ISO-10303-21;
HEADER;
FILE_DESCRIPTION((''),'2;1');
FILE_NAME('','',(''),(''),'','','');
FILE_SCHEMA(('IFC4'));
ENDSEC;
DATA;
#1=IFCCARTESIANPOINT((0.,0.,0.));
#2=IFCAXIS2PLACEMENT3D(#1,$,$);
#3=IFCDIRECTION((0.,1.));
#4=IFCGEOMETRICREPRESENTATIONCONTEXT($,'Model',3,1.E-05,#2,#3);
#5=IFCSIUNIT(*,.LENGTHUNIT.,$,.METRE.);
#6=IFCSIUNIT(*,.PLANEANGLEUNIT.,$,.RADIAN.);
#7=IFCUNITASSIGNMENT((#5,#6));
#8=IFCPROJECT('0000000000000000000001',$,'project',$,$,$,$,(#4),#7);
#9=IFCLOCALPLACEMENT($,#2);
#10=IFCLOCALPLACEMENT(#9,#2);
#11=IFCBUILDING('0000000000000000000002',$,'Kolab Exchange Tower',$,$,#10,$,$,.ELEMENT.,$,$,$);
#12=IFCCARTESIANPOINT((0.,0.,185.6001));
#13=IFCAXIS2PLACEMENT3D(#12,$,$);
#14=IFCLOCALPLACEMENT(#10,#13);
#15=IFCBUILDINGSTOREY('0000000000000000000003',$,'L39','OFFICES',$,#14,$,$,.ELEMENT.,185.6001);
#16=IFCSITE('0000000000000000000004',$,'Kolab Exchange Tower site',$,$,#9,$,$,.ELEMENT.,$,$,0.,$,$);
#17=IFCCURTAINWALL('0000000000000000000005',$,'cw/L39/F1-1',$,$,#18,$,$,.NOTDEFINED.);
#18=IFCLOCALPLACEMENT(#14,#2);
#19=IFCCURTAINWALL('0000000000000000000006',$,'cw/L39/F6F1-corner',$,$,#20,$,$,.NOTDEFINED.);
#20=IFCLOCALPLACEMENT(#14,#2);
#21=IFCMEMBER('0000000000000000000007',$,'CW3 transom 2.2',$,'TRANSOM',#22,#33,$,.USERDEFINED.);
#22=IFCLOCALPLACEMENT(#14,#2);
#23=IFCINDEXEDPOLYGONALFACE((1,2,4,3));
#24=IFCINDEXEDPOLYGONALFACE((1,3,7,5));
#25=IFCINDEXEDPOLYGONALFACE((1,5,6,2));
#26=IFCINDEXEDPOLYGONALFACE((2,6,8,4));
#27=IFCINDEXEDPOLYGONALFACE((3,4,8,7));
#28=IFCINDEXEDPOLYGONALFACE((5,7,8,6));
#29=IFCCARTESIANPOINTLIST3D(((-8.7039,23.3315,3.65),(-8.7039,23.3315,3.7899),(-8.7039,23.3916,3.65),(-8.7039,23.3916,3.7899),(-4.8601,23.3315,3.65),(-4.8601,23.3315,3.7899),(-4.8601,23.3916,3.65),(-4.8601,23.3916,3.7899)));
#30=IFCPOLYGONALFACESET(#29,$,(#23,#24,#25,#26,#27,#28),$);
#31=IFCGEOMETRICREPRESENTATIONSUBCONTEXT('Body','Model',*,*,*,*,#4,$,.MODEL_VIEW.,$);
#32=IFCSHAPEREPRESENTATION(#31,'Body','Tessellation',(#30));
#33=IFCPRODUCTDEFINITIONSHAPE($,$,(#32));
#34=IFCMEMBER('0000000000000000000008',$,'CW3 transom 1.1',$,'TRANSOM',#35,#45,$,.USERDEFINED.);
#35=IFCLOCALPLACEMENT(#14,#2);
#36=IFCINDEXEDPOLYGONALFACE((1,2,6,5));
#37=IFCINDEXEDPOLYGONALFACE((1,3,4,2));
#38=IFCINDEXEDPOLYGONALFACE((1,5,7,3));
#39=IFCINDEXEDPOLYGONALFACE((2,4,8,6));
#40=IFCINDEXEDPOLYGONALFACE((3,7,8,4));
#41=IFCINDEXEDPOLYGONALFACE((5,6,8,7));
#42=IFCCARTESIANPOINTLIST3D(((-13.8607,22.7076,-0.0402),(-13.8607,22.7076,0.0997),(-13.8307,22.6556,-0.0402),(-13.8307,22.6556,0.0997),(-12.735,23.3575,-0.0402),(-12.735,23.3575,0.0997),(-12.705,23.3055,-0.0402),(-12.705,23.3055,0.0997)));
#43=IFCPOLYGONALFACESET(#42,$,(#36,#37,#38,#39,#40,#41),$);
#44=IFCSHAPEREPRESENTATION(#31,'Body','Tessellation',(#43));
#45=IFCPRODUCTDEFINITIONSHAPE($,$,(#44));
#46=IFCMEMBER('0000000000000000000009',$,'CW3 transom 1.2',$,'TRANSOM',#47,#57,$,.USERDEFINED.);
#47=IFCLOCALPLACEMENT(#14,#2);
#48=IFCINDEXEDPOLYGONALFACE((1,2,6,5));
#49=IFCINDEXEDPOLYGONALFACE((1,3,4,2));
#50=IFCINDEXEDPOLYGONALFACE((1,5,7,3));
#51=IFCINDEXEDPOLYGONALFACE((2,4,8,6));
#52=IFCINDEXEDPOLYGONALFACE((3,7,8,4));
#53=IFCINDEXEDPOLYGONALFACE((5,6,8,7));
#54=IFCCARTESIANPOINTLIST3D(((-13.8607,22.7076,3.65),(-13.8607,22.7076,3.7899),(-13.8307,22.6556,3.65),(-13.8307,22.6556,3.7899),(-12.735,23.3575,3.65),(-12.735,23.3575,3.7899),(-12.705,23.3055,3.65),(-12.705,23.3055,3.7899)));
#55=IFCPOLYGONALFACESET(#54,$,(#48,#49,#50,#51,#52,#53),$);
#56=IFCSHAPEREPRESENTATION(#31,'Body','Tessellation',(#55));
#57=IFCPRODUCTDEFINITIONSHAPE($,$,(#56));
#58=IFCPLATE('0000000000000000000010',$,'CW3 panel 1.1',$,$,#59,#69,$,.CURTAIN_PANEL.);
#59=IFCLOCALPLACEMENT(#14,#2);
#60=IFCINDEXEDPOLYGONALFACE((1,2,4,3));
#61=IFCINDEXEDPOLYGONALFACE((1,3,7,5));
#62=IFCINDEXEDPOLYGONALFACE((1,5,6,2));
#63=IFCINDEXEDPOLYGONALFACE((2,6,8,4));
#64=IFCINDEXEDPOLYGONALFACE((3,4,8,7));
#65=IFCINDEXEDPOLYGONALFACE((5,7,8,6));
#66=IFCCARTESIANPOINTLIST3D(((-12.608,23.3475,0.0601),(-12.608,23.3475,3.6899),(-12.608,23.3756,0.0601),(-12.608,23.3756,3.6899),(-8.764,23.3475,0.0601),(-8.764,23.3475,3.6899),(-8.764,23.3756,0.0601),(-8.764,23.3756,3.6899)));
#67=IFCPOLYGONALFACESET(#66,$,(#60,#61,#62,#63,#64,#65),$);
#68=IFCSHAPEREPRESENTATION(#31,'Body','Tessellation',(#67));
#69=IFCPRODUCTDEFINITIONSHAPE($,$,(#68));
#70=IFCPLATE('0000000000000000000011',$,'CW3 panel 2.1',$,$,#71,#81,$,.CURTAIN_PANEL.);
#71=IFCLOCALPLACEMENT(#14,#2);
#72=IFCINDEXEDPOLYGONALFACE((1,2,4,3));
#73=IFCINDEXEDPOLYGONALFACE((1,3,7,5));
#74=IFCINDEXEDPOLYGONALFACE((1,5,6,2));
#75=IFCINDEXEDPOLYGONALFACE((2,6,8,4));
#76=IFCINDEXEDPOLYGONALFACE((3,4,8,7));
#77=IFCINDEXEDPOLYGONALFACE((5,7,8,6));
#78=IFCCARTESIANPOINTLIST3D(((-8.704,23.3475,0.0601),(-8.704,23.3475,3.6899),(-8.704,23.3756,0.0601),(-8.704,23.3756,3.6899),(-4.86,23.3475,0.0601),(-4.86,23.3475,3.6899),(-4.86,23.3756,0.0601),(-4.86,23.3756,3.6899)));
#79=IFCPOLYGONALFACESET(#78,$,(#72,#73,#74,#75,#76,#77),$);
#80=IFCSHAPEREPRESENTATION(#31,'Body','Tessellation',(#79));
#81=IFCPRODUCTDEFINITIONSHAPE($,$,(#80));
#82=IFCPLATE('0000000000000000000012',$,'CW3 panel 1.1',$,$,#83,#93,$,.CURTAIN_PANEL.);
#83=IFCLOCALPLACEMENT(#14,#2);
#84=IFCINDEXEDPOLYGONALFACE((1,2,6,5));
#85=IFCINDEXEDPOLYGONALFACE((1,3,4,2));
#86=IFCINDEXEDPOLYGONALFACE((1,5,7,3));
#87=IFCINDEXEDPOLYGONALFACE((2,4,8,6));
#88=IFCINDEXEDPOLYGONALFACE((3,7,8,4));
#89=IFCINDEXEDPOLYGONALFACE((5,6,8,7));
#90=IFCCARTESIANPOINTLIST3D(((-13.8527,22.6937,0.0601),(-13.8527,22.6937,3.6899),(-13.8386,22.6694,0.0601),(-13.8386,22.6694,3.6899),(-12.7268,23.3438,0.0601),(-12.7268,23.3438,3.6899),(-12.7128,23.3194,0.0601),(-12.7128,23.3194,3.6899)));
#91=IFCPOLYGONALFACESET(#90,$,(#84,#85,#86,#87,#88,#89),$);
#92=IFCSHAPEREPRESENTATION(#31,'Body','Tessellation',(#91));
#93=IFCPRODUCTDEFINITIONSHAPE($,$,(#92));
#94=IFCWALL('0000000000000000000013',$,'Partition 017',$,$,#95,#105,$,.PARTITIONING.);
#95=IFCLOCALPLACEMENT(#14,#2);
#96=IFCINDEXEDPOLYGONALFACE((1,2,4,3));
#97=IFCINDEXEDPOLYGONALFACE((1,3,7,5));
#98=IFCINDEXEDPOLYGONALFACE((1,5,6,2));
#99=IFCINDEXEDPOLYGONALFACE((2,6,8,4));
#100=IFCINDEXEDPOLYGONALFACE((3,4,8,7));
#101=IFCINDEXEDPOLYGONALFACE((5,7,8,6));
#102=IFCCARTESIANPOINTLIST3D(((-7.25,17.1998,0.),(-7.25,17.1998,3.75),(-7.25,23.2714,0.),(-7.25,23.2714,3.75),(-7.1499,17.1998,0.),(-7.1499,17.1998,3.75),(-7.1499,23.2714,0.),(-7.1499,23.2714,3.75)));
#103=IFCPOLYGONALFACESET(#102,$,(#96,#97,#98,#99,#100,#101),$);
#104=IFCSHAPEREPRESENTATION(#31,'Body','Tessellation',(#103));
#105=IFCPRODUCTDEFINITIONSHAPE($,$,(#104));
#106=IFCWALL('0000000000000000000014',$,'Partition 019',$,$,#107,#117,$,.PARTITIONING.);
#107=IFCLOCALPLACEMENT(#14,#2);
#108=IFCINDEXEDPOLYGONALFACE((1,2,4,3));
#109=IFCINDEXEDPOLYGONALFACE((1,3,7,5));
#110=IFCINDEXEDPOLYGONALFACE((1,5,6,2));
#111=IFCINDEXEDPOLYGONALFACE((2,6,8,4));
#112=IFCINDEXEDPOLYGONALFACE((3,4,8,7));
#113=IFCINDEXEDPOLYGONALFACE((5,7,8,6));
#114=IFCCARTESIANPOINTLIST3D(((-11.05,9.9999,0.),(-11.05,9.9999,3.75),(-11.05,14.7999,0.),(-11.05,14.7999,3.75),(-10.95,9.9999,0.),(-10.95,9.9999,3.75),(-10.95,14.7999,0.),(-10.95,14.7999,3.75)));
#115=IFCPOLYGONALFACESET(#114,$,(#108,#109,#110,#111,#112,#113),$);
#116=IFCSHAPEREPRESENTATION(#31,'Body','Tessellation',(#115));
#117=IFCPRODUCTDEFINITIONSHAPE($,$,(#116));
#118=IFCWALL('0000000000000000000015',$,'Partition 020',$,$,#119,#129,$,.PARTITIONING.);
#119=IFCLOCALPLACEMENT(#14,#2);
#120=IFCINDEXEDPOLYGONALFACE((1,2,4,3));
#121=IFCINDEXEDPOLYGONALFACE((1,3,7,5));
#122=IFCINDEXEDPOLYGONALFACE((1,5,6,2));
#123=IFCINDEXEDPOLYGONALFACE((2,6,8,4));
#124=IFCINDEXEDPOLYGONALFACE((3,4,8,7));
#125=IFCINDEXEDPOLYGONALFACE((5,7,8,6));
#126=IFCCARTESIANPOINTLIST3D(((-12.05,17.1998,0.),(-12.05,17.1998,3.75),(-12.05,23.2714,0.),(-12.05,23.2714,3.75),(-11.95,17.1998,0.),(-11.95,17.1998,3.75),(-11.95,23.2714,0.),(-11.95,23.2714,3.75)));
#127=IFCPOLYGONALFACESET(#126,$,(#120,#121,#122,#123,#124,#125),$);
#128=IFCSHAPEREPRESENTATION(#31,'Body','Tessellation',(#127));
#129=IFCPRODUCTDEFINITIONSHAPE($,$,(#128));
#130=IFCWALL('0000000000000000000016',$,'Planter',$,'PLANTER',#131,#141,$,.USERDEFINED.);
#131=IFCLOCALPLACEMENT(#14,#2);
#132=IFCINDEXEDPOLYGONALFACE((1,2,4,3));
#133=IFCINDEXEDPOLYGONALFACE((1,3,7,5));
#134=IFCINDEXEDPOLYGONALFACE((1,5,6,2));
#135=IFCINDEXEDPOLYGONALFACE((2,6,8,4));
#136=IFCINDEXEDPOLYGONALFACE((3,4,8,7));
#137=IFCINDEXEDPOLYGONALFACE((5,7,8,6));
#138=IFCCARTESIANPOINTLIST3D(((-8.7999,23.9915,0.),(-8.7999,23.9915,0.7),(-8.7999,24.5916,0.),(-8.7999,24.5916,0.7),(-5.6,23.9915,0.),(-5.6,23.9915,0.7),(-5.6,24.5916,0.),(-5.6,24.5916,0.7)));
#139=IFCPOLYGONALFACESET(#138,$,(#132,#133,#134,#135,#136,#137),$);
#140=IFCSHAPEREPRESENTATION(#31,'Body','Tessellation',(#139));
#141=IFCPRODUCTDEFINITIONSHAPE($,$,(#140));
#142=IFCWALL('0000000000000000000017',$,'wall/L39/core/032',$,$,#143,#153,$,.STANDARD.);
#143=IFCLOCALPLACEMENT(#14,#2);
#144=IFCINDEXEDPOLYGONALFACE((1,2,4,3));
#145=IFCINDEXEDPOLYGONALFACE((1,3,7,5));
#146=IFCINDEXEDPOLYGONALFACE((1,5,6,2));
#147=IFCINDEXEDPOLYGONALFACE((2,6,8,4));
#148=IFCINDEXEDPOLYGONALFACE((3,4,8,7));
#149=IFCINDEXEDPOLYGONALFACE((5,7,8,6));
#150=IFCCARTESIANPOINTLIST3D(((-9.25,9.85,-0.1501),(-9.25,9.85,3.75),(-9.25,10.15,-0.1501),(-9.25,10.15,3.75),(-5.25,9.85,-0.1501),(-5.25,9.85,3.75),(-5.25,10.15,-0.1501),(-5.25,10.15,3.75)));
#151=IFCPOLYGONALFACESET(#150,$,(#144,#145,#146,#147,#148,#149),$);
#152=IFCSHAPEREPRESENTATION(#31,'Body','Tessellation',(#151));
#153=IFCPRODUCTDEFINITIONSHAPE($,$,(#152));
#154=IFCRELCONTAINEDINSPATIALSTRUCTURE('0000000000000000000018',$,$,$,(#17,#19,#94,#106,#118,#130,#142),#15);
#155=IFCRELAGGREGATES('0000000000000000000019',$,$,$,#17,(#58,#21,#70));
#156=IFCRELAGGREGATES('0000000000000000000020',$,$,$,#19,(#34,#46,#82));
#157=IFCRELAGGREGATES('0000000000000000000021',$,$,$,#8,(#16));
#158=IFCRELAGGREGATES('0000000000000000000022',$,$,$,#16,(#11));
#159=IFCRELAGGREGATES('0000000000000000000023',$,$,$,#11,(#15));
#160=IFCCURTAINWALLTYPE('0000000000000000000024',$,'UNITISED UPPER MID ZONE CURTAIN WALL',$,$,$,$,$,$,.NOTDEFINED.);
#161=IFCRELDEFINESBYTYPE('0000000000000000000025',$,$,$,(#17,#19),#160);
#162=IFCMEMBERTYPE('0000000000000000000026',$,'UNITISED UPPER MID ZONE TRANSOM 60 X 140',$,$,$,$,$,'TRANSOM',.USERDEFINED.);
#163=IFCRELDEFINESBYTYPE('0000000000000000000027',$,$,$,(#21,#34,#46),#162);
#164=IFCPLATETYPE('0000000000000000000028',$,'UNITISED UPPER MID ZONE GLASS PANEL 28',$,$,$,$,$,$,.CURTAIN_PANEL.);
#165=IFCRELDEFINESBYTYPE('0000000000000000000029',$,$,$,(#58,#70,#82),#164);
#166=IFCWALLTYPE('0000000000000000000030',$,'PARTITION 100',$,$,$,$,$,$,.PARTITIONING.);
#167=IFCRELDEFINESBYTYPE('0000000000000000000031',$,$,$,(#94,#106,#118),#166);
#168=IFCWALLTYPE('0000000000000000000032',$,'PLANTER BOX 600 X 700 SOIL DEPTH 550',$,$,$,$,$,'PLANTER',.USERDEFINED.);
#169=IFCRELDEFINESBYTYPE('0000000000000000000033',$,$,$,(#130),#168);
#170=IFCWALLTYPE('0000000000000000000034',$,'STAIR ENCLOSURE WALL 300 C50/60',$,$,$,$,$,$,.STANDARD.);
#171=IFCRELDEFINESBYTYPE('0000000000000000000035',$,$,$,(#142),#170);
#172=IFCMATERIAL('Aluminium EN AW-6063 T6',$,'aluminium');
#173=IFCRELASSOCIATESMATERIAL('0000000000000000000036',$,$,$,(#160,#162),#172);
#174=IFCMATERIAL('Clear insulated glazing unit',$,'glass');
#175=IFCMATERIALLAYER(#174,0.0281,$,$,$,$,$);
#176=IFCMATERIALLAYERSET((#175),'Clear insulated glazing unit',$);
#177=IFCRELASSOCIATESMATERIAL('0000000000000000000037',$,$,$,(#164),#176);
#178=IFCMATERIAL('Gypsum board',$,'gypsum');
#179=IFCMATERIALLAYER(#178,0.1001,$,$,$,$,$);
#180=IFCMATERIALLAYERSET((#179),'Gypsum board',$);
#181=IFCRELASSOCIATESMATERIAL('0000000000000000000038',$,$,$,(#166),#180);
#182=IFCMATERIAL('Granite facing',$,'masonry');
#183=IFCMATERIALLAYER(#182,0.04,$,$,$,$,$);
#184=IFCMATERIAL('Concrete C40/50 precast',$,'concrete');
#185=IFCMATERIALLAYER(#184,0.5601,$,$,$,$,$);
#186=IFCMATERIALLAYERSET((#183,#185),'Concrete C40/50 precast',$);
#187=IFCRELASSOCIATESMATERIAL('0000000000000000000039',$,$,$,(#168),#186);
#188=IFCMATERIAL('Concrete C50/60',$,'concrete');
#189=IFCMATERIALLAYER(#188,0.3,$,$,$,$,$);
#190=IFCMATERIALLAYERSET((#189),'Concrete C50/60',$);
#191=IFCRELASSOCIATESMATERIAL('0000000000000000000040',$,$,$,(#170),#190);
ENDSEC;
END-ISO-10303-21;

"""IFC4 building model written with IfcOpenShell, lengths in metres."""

from ifc_helpers import new_model, si_unit, direction, frame, frame_2d, origin, origin_2d, place, context, subcontext, project, spatial, rectangle, extrude, material, layer, layer_set, material_profile, profile_set, type_object, element, aggregate, save


model = new_model("IFC4")

# Units and contexts
model_context = context("Model", 3, precision=1e-05, world=origin(), true_north=direction((0.0, 1.0)))
body_context = subcontext(model_context, "Body", "Model", "MODEL_VIEW")
ifc_project = project(units=[si_unit("LENGTHUNIT", "METRE"), si_unit("PLANEANGLEUNIT", "RADIAN")], contexts=[model_context])

# Site, building, storey
site_placement = place(None, origin())
site = spatial("IfcSite", under=ifc_project, at=site_placement, Name="Kolab Exchange Tower site", CompositionType="ELEMENT", RefElevation=0.0)
building_placement = place(site_placement, origin())
building = spatial("IfcBuilding", under=site, at=building_placement, Name="Kolab Exchange Tower", CompositionType="ELEMENT")
storey_placement = place(building_placement, frame((0.0, 0.0, 185.6001)))
storey = spatial("IfcBuildingStorey", under=building, at=storey_placement, Name="L39", Description="OFFICES", CompositionType="ELEMENT", Elevation=185.6001)

# Curtain wall
ifc_material_1 = material(Name="Aluminium EN AW-6063 T6", Category="aluminium")
curtain_wall_type = type_object("IfcCurtainWallType", Name="UNITISED UPPER MID ZONE CURTAIN WALL", PredefinedType="NOTDEFINED", material=ifc_material_1)
curtain_wall_1_placement = place(storey_placement, origin())
curtain_wall_1 = element("IfcCurtainWall", 1, at=curtain_wall_1_placement, inside=storey, type_object=curtain_wall_type, Name="cw/L39/F1-1", PredefinedType="NOTDEFINED")

# Curtain wall
curtain_wall_2_placement = place(storey_placement, origin())
curtain_wall_2 = element("IfcCurtainWall", 2, at=curtain_wall_2_placement, inside=storey, type_object=curtain_wall_type, Name="cw/L39/F6F1-corner", PredefinedType="NOTDEFINED")

# Members
ifc_material_profile_1 = material_profile(ifc_material_1, rectangle(XDim=0.0601, YDim=0.1399, at=origin_2d()), Name="RECT 60X140")
ifc_profile_set_1 = profile_set([ifc_material_profile_1], Name="Aluminium EN AW-6063 T6")
member_type_1 = type_object("IfcMemberType", Name="UNITISED UPPER MID ZONE TRANSOM 60 X 140", ElementType="TRANSOM", PredefinedType="USERDEFINED", material=ifc_profile_set_1)
member_1_placement = place(storey_placement, frame((-8.7039, 23.3616, 3.72), z_axis=(1.0, 0.0, 0.0), x_axis=(0.0, 1.0, 0.0)))
member_1 = element("IfcMember", 3, at=member_1_placement, type_object=member_type_1, Name="CW3 transom 2.2", ObjectType="TRANSOM", PredefinedType="USERDEFINED", context=body_context, shape_type="SweptSolid", body=[
    extrude(rectangle(XDim=0.0601, YDim=0.1399, at=origin_2d()), origin(), (0.0, 0.0, 1.0), 3.8438),
])
member_2_placement = place(storey_placement, frame((-13.8457, 22.6816, 0.0298), z_axis=(0.866039, 0.499977, 0.0), x_axis=(-0.499977, 0.866039, 0.0)))
member_2 = element("IfcMember", 4, at=member_2_placement, type_object=member_type_1, Name="CW3 transom 1.1", ObjectType="TRANSOM", PredefinedType="USERDEFINED", context=body_context, shape_type="SweptSolid", body=[
    extrude(rectangle(XDim=0.0601, YDim=0.1399, at=origin_2d()), origin(), (0.0, 0.0, 1.0), 1.2998),
])
member_3_placement = place(storey_placement, frame((-13.8457, 22.6816, 3.72), z_axis=(0.866039, 0.499977, 0.0), x_axis=(-0.499977, 0.866039, 0.0)))
member_3 = element("IfcMember", 5, at=member_3_placement, type_object=member_type_1, Name="CW3 transom 1.2", ObjectType="TRANSOM", PredefinedType="USERDEFINED", context=body_context, shape_type="SweptSolid", body=[
    extrude(rectangle(XDim=0.0601, YDim=0.1399, at=origin_2d()), origin(), (0.0, 0.0, 1.0), 1.2998),
])

# Plates
ifc_material_2 = material(Name="Clear insulated glazing unit", Category="glass")
ifc_layer_1 = layer(ifc_material_2, 0.0281)
ifc_layer_set_1 = layer_set([ifc_layer_1], Name="Clear insulated glazing unit")
plate_type = type_object("IfcPlateType", Name="UNITISED UPPER MID ZONE GLASS PANEL 28", PredefinedType="CURTAIN_PANEL", material=ifc_layer_set_1)
plate_1_placement = place(storey_placement, frame((-10.686, 23.3616, 0.0601), z_axis=(0.0, 0.0, 1.0), x_axis=(1.0, 0.0, 0.0)))
plate_1 = element("IfcPlate", 6, at=plate_1_placement, type_object=plate_type, Name="CW3 panel 1.1", PredefinedType="CURTAIN_PANEL", context=body_context, shape_type="SweptSolid", body=[
    extrude(rectangle(XDim=3.844, YDim=0.0281, at=origin_2d()), origin(), (0.0, 0.0, 1.0), 3.6299),
])
plate_2_placement = place(storey_placement, frame((-6.782, 23.3616, 0.0601), z_axis=(0.0, 0.0, 1.0), x_axis=(1.0, 0.0, 0.0)))
plate_2 = element("IfcPlate", 7, at=plate_2_placement, type_object=plate_type, Name="CW3 panel 2.1", PredefinedType="CURTAIN_PANEL", context=body_context, shape_type="SweptSolid", body=[
    extrude(rectangle(XDim=3.844, YDim=0.0281, at=origin_2d()), origin(), (0.0, 0.0, 1.0), 3.6299),
])
aggregate(curtain_wall_1, [plate_1, member_1, plate_2])
plate_3_placement = place(storey_placement, frame((-13.2827, 23.0066, 0.0601), z_axis=(0.0, 0.0, 1.0), x_axis=(0.866025, 0.5, 0.0)))
plate_3 = element("IfcPlate", 8, at=plate_3_placement, type_object=plate_type, Name="CW3 panel 1.1", PredefinedType="CURTAIN_PANEL", context=body_context, shape_type="SweptSolid", body=[
    extrude(rectangle(XDim=1.3, YDim=0.0281, at=origin_2d()), origin(), (0.0, 0.0, 1.0), 3.6299),
])
aggregate(curtain_wall_2, [member_2, member_3, plate_3])

# Walls
ifc_material_3 = material(Name="Gypsum board", Category="gypsum")
ifc_layer_2 = layer(ifc_material_3, 0.1001)
ifc_layer_set_2 = layer_set([ifc_layer_2], Name="Gypsum board")
wall_type_1 = type_object("IfcWallType", Name="PARTITION 100", PredefinedType="PARTITIONING", material=ifc_layer_set_2)
wall_1_placement = place(storey_placement, frame((-7.2, 17.2, 0.0), z_axis=(0.0, 0.0, 1.0), x_axis=(0.0, 1.0, 0.0)))
element("IfcWall", 9, at=wall_1_placement, inside=storey, type_object=wall_type_1, Name="Partition 017", PredefinedType="PARTITIONING", context=body_context, shape_type="SweptSolid", body=[
    extrude(rectangle(XDim=6.0715, YDim=0.1001, at=frame_2d((3.0356, 0.0))), origin(), (0.0, 0.0, 1.0), 3.75),
])
wall_2_placement = place(storey_placement, frame((-11.0, 10.0, 0.0), z_axis=(0.0, 0.0, 1.0), x_axis=(0.0, 1.0, 0.0)))
element("IfcWall", 10, at=wall_2_placement, inside=storey, type_object=wall_type_1, Name="Partition 019", PredefinedType="PARTITIONING", context=body_context, shape_type="SweptSolid", body=[
    extrude(rectangle(XDim=4.8, YDim=0.1001, at=frame_2d((2.3999, 0.0))), origin(), (0.0, 0.0, 1.0), 3.75),
])
wall_3_placement = place(storey_placement, frame((-12.0, 17.2, 0.0), z_axis=(0.0, 0.0, 1.0), x_axis=(0.0, 1.0, 0.0)))
element("IfcWall", 11, at=wall_3_placement, inside=storey, type_object=wall_type_1, Name="Partition 020", PredefinedType="PARTITIONING", context=body_context, shape_type="SweptSolid", body=[
    extrude(rectangle(XDim=6.0715, YDim=0.1001, at=frame_2d((3.0356, 0.0))), origin(), (0.0, 0.0, 1.0), 3.75),
])
ifc_material_4 = material(Name="Granite facing", Category="masonry")
ifc_layer_3 = layer(ifc_material_4, 0.04)
ifc_material_5 = material(Name="Concrete C40/50 precast", Category="concrete")
ifc_layer_4 = layer(ifc_material_5, 0.5601)
ifc_layer_set_3 = layer_set([ifc_layer_3, ifc_layer_4], Name="Concrete C40/50 precast")
wall_type_2 = type_object("IfcWallType", Name="PLANTER BOX 600 X 700 SOIL DEPTH 550", ElementType="PLANTER", PredefinedType="USERDEFINED", material=ifc_layer_set_3)
wall_4_placement = place(storey_placement, frame((-8.8, 24.2915, 0.0), z_axis=(0.0, 0.0, 1.0), x_axis=(1.0, 0.0, 0.0)))
element("IfcWall", 12, at=wall_4_placement, inside=storey, type_object=wall_type_2, Name="Planter", ObjectType="PLANTER", PredefinedType="USERDEFINED", context=body_context, shape_type="SweptSolid", body=[
    extrude(rectangle(XDim=3.2, YDim=0.6001, at=frame_2d((1.6001, 0.0))), origin(), (0.0, 0.0, 1.0), 0.7),
])
ifc_material_6 = material(Name="Concrete C50/60", Category="concrete")
ifc_layer_5 = layer(ifc_material_6, 0.3)
ifc_layer_set_4 = layer_set([ifc_layer_5], Name="Concrete C50/60")
wall_type_3 = type_object("IfcWallType", Name="STAIR ENCLOSURE WALL 300 C50/60", PredefinedType="STANDARD", material=ifc_layer_set_4)
wall_5_placement = place(storey_placement, frame((-9.25, 10.0, -0.1501), z_axis=(0.0, 0.0, 1.0), x_axis=(1.0, 0.0, 0.0)))
element("IfcWall", 13, at=wall_5_placement, inside=storey, type_object=wall_type_3, Name="wall/L39/core/032", PredefinedType="STANDARD", context=body_context, shape_type="SweptSolid", body=[
    extrude(rectangle(XDim=4.0, YDim=0.3, at=frame_2d((2.0, 0.0))), origin(), (0.0, 0.0, 1.0), 3.9001),
])

save(model, "model.ifc")
